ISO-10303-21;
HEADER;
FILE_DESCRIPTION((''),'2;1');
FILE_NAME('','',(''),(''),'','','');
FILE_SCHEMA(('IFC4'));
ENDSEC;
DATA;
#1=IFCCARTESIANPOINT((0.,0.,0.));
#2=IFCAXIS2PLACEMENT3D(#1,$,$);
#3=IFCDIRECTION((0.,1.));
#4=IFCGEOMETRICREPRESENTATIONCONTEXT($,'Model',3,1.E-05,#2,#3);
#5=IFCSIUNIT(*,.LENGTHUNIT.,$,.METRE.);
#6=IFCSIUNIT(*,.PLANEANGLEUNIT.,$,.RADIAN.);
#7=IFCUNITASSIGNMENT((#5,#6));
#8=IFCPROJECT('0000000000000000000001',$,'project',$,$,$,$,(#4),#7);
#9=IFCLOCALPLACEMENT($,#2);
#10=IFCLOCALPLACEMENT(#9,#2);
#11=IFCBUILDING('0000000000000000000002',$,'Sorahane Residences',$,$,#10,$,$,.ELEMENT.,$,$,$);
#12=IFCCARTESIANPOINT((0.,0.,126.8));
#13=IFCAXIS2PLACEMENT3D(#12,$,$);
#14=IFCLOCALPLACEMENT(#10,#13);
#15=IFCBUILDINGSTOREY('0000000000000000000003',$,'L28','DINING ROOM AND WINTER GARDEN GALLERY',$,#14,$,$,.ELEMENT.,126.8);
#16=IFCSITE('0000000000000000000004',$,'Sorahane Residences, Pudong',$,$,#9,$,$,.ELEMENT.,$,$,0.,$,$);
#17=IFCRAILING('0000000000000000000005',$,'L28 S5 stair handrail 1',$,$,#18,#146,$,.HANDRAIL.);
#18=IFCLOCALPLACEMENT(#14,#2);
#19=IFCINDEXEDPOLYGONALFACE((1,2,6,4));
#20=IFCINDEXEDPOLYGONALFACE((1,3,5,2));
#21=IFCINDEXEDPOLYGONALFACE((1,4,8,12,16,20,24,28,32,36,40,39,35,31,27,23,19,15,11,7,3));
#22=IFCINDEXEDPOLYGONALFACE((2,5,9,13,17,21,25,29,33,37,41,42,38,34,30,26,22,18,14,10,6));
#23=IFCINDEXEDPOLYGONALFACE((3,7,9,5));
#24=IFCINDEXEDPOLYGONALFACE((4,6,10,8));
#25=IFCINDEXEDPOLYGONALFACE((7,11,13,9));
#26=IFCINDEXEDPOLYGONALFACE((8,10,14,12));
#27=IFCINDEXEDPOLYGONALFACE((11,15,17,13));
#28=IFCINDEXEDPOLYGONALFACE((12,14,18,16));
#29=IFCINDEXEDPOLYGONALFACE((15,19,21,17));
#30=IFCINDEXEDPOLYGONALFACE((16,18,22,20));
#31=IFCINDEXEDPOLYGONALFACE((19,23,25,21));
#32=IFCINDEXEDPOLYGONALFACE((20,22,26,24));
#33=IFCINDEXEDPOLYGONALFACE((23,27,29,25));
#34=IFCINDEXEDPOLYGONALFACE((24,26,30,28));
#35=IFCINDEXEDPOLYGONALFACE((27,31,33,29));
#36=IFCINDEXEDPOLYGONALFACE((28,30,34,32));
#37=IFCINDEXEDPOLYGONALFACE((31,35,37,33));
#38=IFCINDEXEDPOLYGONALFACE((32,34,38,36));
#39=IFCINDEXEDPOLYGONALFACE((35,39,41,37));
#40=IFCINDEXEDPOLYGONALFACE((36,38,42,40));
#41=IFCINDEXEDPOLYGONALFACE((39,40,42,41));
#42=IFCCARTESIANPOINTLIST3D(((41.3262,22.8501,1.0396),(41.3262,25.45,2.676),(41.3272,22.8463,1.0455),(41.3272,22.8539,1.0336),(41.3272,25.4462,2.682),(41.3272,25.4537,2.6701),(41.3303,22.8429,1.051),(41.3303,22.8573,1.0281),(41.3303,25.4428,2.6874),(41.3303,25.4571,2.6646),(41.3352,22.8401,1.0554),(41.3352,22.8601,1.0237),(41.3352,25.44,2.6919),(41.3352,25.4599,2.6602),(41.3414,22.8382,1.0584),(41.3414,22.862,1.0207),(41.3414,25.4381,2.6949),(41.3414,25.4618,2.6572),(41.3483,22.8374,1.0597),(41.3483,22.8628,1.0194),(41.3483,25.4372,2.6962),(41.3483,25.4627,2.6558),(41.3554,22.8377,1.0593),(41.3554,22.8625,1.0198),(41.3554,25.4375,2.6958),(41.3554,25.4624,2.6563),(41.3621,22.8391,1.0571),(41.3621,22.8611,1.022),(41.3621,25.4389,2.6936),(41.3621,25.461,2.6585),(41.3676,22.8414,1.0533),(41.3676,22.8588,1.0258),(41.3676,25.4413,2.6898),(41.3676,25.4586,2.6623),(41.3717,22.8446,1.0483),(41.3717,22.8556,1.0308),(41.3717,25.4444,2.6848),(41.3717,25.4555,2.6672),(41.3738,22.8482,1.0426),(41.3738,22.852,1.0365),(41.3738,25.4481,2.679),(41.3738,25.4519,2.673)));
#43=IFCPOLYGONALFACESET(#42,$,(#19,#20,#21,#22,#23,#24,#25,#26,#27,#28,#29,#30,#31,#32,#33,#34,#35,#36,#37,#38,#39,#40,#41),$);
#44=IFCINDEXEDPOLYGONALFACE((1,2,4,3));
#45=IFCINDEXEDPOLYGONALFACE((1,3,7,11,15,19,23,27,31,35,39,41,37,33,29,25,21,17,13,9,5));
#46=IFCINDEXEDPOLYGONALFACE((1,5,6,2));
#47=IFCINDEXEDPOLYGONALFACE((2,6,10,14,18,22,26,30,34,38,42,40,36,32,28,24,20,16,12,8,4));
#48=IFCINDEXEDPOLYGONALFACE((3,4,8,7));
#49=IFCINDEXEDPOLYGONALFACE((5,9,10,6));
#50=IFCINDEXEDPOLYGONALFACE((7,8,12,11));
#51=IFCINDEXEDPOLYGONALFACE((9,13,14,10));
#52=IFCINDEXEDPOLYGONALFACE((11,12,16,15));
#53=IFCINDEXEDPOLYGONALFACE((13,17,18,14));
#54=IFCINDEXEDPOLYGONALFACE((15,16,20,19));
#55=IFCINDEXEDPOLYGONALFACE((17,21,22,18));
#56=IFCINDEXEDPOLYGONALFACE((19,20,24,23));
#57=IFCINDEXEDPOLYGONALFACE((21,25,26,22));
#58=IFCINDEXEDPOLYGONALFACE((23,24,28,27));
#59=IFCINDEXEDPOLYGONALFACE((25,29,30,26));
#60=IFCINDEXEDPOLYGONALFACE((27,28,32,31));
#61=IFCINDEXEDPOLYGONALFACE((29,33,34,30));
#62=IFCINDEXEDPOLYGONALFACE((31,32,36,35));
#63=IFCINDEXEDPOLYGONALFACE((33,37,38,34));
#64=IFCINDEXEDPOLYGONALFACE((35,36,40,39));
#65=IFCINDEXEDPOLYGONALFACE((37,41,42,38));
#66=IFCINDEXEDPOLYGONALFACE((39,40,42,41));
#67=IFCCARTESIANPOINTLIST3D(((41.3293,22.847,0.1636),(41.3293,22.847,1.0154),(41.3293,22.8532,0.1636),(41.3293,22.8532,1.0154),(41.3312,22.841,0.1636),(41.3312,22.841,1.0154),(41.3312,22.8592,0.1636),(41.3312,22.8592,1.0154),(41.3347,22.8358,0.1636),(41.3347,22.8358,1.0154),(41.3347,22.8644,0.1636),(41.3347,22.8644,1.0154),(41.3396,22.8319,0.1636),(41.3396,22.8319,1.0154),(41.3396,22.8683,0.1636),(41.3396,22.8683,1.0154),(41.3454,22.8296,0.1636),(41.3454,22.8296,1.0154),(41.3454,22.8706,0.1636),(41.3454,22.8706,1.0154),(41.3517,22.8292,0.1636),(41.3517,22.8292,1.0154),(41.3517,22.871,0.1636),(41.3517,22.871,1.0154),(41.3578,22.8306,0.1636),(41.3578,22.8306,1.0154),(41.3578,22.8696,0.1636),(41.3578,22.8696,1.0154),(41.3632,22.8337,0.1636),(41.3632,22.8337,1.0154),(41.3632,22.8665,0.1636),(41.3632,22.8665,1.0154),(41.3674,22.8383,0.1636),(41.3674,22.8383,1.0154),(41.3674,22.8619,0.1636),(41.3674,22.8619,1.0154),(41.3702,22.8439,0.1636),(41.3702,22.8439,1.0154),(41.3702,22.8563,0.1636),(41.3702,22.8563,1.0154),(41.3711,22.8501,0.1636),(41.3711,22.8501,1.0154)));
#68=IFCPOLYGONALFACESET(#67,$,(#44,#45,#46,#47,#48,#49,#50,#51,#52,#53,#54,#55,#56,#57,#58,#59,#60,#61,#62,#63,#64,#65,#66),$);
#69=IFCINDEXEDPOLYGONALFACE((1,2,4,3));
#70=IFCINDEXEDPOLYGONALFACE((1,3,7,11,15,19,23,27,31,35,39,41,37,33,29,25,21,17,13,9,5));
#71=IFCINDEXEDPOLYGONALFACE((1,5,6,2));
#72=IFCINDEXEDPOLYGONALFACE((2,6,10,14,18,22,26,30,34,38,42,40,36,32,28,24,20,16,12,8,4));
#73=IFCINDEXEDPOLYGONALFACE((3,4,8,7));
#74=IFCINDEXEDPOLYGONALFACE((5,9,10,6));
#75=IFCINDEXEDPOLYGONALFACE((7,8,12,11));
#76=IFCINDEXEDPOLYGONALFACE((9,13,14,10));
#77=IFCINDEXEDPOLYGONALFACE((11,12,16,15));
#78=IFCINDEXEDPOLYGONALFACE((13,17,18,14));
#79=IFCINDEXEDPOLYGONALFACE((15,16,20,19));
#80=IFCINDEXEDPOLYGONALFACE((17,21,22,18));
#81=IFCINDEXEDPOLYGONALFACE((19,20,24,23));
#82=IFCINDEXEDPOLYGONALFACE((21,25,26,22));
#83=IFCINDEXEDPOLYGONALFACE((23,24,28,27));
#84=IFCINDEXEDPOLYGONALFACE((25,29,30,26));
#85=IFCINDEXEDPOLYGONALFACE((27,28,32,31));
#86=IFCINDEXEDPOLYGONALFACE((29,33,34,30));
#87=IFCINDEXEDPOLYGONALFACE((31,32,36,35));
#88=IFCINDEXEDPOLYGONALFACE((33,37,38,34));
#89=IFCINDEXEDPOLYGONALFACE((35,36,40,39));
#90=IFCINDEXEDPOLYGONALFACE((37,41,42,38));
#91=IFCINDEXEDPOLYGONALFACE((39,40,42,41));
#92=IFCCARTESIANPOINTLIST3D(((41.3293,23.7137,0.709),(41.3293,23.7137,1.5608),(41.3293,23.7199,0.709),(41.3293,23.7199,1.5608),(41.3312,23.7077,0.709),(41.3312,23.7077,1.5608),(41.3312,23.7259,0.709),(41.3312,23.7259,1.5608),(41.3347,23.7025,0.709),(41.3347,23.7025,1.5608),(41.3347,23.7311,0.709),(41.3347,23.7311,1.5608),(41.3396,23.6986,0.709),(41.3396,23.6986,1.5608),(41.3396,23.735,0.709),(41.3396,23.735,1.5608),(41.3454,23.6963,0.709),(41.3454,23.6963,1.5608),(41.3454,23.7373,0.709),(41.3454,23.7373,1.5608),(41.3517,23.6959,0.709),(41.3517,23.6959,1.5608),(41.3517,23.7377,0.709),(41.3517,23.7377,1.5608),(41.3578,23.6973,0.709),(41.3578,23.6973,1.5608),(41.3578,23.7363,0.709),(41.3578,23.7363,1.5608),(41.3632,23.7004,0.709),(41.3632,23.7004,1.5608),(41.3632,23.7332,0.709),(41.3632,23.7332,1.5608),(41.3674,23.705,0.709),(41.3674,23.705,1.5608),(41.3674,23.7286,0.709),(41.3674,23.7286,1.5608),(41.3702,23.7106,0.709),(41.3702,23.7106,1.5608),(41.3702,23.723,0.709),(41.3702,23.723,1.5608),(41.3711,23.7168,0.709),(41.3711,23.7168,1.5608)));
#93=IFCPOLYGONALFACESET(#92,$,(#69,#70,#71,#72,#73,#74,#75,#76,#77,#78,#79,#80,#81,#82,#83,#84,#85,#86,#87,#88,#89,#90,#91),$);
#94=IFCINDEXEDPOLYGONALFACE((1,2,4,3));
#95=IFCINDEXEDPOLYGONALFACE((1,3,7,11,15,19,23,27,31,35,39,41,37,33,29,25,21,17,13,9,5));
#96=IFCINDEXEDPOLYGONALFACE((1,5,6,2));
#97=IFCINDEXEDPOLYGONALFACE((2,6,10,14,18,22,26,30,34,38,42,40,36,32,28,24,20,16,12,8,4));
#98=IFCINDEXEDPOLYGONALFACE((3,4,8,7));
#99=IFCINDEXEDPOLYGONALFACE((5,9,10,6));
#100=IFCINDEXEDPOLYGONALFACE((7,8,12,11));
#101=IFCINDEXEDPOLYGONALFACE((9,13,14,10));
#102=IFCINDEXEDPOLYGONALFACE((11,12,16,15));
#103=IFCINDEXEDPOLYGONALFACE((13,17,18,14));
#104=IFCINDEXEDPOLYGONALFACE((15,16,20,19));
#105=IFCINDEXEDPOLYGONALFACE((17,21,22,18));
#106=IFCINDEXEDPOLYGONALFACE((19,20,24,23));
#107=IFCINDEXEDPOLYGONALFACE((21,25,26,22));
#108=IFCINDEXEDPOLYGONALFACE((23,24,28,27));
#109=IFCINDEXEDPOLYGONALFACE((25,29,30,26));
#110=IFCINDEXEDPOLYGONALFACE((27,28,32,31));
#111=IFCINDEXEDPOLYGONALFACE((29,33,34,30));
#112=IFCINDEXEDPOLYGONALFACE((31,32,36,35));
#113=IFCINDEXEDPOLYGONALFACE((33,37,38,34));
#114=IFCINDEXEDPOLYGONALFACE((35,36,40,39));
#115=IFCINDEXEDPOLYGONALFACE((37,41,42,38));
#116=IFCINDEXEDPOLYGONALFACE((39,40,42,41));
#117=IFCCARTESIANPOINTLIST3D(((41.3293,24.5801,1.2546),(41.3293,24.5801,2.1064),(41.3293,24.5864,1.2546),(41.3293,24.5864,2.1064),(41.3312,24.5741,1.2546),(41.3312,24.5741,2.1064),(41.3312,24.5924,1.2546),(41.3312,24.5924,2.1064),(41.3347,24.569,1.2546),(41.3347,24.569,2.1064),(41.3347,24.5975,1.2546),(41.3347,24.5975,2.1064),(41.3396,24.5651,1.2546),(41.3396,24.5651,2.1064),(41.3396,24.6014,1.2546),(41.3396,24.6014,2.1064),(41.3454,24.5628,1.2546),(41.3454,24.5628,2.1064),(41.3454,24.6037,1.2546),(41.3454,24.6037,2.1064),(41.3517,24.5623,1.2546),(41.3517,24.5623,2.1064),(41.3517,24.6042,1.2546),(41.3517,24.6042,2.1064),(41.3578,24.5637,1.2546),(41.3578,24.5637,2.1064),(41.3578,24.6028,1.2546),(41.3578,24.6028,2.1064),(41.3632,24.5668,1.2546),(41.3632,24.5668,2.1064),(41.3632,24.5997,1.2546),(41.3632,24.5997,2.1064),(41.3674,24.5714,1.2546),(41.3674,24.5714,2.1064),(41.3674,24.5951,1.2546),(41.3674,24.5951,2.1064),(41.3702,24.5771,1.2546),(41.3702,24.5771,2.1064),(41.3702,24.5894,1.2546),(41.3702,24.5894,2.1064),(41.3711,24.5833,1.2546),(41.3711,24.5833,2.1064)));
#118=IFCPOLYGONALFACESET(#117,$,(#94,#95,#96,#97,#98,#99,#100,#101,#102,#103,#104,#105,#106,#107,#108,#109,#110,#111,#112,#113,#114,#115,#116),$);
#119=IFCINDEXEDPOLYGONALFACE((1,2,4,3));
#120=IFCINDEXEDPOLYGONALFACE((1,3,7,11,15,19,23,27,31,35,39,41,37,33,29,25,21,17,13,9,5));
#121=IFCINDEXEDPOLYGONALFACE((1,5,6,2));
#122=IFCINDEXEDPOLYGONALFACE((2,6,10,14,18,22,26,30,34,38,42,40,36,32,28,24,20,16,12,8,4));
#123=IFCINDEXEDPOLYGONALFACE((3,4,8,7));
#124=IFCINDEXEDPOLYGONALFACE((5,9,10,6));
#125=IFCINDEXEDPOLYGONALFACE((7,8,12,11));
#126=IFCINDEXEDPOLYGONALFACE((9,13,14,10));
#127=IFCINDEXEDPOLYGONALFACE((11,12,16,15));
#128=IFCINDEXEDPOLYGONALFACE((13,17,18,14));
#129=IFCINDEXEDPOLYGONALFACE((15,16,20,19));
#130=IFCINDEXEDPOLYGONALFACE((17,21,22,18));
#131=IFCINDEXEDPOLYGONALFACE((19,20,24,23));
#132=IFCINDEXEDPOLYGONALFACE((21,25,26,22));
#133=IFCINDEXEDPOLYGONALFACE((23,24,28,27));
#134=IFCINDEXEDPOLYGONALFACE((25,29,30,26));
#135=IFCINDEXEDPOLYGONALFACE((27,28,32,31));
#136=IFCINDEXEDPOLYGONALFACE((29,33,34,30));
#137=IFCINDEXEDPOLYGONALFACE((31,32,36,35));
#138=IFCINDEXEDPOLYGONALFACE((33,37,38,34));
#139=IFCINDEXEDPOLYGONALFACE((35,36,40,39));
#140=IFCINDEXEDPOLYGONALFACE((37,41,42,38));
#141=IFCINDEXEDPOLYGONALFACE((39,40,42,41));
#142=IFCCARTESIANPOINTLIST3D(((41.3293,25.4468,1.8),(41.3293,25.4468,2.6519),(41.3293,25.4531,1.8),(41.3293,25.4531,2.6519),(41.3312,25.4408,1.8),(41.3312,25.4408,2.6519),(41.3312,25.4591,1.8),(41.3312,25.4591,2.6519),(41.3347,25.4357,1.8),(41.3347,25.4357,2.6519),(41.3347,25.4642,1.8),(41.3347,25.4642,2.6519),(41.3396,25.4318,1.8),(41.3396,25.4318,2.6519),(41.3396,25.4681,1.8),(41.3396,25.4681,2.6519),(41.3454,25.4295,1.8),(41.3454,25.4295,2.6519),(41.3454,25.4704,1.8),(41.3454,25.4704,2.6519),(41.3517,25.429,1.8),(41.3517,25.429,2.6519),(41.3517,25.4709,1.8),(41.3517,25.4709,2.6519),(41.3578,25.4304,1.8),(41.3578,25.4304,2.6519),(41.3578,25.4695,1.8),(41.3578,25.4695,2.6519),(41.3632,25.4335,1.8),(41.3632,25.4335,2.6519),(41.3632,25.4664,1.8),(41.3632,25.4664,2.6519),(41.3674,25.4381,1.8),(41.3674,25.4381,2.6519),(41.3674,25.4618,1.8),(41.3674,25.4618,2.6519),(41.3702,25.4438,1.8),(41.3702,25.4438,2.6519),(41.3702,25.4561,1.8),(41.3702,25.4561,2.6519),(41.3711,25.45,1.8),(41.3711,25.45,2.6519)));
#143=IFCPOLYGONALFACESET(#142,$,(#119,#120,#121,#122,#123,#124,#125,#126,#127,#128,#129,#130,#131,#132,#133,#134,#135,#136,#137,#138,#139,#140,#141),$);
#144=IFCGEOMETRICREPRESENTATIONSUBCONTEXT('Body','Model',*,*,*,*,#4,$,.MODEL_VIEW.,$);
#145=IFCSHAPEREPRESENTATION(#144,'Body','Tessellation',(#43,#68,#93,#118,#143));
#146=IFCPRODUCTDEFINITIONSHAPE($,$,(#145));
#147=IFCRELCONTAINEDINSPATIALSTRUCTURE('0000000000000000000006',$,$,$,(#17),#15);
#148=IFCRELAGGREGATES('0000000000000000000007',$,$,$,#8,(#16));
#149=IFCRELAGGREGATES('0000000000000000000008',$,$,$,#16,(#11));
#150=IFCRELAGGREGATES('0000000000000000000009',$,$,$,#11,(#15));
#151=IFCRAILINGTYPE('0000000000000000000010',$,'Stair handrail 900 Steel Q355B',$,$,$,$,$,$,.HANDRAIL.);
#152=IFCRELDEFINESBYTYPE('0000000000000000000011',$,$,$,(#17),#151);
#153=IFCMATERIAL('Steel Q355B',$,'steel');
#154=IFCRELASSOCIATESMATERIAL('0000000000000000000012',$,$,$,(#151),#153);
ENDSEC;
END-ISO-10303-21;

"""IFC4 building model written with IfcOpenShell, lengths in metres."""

from ifc_helpers import new_model, si_unit, direction, frame, origin, origin_2d, place, context, subcontext, project, spatial, circle, extrude, material, type_object, element, save


model = new_model("IFC4")

# Units and contexts
model_context = context("Model", 3, precision=1e-05, world=origin(), true_north=direction((0.0, 1.0)))
body_context = subcontext(model_context, "Body", "Model", "MODEL_VIEW")
ifc_project = project(units=[si_unit("LENGTHUNIT", "METRE"), si_unit("PLANEANGLEUNIT", "RADIAN")], contexts=[model_context])

# Site, building, storey
site_placement = place(None, origin())
site = spatial("IfcSite", under=ifc_project, at=site_placement, Name="Sorahane Residences, Pudong", CompositionType="ELEMENT", RefElevation=0.0)
building_placement = place(site_placement, origin())
building = spatial("IfcBuilding", under=site, at=building_placement, Name="Sorahane Residences", CompositionType="ELEMENT")
storey_placement = place(building_placement, frame((0.0, 0.0, 126.8)))
storey = spatial("IfcBuildingStorey", under=building, at=storey_placement, Name="L28", Description="DINING ROOM AND WINTER GARDEN GALLERY", CompositionType="ELEMENT", Elevation=126.8)

# Railing
ifc_material_1 = material(Name="Steel Q355B", Category="steel")
railing_type = type_object("IfcRailingType", Name="Stair handrail 900 Steel Q355B", PredefinedType="HANDRAIL", material=ifc_material_1)
railing_placement = place(storey_placement, frame((41.3501, 22.8501, 0.1636)))
element("IfcRailing", 1, at=railing_placement, inside=storey, type_object=railing_type, Name="L28 S5 stair handrail 1", PredefinedType="HANDRAIL", context=body_context, shape_type="SweptSolid", body=[
    extrude(circle(Radius=0.0239, at=origin_2d()), frame((0.0, 0.0, 0.876), z_axis=(0.0, 0.846302, 0.532704), x_axis=(-1.0, 0.0, 0.0)), (0.0, 0.0, 1.0), 3.072),
    extrude(circle(Radius=0.021, at=origin_2d()), origin(), (0.0, 0.0, 1.0), 0.8518),
    extrude(circle(Radius=0.021, at=origin_2d()), frame((0.0, 0.8667, 0.5454)), (0.0, 0.0, 1.0), 0.8518),
    extrude(circle(Radius=0.021, at=origin_2d()), frame((0.0, 1.7332, 1.0911)), (0.0, 0.0, 1.0), 0.8518),
    extrude(circle(Radius=0.021, at=origin_2d()), frame((0.0, 2.5999, 1.6365)), (0.0, 0.0, 1.0), 0.8518),
])

save(model, "model.ifc")
